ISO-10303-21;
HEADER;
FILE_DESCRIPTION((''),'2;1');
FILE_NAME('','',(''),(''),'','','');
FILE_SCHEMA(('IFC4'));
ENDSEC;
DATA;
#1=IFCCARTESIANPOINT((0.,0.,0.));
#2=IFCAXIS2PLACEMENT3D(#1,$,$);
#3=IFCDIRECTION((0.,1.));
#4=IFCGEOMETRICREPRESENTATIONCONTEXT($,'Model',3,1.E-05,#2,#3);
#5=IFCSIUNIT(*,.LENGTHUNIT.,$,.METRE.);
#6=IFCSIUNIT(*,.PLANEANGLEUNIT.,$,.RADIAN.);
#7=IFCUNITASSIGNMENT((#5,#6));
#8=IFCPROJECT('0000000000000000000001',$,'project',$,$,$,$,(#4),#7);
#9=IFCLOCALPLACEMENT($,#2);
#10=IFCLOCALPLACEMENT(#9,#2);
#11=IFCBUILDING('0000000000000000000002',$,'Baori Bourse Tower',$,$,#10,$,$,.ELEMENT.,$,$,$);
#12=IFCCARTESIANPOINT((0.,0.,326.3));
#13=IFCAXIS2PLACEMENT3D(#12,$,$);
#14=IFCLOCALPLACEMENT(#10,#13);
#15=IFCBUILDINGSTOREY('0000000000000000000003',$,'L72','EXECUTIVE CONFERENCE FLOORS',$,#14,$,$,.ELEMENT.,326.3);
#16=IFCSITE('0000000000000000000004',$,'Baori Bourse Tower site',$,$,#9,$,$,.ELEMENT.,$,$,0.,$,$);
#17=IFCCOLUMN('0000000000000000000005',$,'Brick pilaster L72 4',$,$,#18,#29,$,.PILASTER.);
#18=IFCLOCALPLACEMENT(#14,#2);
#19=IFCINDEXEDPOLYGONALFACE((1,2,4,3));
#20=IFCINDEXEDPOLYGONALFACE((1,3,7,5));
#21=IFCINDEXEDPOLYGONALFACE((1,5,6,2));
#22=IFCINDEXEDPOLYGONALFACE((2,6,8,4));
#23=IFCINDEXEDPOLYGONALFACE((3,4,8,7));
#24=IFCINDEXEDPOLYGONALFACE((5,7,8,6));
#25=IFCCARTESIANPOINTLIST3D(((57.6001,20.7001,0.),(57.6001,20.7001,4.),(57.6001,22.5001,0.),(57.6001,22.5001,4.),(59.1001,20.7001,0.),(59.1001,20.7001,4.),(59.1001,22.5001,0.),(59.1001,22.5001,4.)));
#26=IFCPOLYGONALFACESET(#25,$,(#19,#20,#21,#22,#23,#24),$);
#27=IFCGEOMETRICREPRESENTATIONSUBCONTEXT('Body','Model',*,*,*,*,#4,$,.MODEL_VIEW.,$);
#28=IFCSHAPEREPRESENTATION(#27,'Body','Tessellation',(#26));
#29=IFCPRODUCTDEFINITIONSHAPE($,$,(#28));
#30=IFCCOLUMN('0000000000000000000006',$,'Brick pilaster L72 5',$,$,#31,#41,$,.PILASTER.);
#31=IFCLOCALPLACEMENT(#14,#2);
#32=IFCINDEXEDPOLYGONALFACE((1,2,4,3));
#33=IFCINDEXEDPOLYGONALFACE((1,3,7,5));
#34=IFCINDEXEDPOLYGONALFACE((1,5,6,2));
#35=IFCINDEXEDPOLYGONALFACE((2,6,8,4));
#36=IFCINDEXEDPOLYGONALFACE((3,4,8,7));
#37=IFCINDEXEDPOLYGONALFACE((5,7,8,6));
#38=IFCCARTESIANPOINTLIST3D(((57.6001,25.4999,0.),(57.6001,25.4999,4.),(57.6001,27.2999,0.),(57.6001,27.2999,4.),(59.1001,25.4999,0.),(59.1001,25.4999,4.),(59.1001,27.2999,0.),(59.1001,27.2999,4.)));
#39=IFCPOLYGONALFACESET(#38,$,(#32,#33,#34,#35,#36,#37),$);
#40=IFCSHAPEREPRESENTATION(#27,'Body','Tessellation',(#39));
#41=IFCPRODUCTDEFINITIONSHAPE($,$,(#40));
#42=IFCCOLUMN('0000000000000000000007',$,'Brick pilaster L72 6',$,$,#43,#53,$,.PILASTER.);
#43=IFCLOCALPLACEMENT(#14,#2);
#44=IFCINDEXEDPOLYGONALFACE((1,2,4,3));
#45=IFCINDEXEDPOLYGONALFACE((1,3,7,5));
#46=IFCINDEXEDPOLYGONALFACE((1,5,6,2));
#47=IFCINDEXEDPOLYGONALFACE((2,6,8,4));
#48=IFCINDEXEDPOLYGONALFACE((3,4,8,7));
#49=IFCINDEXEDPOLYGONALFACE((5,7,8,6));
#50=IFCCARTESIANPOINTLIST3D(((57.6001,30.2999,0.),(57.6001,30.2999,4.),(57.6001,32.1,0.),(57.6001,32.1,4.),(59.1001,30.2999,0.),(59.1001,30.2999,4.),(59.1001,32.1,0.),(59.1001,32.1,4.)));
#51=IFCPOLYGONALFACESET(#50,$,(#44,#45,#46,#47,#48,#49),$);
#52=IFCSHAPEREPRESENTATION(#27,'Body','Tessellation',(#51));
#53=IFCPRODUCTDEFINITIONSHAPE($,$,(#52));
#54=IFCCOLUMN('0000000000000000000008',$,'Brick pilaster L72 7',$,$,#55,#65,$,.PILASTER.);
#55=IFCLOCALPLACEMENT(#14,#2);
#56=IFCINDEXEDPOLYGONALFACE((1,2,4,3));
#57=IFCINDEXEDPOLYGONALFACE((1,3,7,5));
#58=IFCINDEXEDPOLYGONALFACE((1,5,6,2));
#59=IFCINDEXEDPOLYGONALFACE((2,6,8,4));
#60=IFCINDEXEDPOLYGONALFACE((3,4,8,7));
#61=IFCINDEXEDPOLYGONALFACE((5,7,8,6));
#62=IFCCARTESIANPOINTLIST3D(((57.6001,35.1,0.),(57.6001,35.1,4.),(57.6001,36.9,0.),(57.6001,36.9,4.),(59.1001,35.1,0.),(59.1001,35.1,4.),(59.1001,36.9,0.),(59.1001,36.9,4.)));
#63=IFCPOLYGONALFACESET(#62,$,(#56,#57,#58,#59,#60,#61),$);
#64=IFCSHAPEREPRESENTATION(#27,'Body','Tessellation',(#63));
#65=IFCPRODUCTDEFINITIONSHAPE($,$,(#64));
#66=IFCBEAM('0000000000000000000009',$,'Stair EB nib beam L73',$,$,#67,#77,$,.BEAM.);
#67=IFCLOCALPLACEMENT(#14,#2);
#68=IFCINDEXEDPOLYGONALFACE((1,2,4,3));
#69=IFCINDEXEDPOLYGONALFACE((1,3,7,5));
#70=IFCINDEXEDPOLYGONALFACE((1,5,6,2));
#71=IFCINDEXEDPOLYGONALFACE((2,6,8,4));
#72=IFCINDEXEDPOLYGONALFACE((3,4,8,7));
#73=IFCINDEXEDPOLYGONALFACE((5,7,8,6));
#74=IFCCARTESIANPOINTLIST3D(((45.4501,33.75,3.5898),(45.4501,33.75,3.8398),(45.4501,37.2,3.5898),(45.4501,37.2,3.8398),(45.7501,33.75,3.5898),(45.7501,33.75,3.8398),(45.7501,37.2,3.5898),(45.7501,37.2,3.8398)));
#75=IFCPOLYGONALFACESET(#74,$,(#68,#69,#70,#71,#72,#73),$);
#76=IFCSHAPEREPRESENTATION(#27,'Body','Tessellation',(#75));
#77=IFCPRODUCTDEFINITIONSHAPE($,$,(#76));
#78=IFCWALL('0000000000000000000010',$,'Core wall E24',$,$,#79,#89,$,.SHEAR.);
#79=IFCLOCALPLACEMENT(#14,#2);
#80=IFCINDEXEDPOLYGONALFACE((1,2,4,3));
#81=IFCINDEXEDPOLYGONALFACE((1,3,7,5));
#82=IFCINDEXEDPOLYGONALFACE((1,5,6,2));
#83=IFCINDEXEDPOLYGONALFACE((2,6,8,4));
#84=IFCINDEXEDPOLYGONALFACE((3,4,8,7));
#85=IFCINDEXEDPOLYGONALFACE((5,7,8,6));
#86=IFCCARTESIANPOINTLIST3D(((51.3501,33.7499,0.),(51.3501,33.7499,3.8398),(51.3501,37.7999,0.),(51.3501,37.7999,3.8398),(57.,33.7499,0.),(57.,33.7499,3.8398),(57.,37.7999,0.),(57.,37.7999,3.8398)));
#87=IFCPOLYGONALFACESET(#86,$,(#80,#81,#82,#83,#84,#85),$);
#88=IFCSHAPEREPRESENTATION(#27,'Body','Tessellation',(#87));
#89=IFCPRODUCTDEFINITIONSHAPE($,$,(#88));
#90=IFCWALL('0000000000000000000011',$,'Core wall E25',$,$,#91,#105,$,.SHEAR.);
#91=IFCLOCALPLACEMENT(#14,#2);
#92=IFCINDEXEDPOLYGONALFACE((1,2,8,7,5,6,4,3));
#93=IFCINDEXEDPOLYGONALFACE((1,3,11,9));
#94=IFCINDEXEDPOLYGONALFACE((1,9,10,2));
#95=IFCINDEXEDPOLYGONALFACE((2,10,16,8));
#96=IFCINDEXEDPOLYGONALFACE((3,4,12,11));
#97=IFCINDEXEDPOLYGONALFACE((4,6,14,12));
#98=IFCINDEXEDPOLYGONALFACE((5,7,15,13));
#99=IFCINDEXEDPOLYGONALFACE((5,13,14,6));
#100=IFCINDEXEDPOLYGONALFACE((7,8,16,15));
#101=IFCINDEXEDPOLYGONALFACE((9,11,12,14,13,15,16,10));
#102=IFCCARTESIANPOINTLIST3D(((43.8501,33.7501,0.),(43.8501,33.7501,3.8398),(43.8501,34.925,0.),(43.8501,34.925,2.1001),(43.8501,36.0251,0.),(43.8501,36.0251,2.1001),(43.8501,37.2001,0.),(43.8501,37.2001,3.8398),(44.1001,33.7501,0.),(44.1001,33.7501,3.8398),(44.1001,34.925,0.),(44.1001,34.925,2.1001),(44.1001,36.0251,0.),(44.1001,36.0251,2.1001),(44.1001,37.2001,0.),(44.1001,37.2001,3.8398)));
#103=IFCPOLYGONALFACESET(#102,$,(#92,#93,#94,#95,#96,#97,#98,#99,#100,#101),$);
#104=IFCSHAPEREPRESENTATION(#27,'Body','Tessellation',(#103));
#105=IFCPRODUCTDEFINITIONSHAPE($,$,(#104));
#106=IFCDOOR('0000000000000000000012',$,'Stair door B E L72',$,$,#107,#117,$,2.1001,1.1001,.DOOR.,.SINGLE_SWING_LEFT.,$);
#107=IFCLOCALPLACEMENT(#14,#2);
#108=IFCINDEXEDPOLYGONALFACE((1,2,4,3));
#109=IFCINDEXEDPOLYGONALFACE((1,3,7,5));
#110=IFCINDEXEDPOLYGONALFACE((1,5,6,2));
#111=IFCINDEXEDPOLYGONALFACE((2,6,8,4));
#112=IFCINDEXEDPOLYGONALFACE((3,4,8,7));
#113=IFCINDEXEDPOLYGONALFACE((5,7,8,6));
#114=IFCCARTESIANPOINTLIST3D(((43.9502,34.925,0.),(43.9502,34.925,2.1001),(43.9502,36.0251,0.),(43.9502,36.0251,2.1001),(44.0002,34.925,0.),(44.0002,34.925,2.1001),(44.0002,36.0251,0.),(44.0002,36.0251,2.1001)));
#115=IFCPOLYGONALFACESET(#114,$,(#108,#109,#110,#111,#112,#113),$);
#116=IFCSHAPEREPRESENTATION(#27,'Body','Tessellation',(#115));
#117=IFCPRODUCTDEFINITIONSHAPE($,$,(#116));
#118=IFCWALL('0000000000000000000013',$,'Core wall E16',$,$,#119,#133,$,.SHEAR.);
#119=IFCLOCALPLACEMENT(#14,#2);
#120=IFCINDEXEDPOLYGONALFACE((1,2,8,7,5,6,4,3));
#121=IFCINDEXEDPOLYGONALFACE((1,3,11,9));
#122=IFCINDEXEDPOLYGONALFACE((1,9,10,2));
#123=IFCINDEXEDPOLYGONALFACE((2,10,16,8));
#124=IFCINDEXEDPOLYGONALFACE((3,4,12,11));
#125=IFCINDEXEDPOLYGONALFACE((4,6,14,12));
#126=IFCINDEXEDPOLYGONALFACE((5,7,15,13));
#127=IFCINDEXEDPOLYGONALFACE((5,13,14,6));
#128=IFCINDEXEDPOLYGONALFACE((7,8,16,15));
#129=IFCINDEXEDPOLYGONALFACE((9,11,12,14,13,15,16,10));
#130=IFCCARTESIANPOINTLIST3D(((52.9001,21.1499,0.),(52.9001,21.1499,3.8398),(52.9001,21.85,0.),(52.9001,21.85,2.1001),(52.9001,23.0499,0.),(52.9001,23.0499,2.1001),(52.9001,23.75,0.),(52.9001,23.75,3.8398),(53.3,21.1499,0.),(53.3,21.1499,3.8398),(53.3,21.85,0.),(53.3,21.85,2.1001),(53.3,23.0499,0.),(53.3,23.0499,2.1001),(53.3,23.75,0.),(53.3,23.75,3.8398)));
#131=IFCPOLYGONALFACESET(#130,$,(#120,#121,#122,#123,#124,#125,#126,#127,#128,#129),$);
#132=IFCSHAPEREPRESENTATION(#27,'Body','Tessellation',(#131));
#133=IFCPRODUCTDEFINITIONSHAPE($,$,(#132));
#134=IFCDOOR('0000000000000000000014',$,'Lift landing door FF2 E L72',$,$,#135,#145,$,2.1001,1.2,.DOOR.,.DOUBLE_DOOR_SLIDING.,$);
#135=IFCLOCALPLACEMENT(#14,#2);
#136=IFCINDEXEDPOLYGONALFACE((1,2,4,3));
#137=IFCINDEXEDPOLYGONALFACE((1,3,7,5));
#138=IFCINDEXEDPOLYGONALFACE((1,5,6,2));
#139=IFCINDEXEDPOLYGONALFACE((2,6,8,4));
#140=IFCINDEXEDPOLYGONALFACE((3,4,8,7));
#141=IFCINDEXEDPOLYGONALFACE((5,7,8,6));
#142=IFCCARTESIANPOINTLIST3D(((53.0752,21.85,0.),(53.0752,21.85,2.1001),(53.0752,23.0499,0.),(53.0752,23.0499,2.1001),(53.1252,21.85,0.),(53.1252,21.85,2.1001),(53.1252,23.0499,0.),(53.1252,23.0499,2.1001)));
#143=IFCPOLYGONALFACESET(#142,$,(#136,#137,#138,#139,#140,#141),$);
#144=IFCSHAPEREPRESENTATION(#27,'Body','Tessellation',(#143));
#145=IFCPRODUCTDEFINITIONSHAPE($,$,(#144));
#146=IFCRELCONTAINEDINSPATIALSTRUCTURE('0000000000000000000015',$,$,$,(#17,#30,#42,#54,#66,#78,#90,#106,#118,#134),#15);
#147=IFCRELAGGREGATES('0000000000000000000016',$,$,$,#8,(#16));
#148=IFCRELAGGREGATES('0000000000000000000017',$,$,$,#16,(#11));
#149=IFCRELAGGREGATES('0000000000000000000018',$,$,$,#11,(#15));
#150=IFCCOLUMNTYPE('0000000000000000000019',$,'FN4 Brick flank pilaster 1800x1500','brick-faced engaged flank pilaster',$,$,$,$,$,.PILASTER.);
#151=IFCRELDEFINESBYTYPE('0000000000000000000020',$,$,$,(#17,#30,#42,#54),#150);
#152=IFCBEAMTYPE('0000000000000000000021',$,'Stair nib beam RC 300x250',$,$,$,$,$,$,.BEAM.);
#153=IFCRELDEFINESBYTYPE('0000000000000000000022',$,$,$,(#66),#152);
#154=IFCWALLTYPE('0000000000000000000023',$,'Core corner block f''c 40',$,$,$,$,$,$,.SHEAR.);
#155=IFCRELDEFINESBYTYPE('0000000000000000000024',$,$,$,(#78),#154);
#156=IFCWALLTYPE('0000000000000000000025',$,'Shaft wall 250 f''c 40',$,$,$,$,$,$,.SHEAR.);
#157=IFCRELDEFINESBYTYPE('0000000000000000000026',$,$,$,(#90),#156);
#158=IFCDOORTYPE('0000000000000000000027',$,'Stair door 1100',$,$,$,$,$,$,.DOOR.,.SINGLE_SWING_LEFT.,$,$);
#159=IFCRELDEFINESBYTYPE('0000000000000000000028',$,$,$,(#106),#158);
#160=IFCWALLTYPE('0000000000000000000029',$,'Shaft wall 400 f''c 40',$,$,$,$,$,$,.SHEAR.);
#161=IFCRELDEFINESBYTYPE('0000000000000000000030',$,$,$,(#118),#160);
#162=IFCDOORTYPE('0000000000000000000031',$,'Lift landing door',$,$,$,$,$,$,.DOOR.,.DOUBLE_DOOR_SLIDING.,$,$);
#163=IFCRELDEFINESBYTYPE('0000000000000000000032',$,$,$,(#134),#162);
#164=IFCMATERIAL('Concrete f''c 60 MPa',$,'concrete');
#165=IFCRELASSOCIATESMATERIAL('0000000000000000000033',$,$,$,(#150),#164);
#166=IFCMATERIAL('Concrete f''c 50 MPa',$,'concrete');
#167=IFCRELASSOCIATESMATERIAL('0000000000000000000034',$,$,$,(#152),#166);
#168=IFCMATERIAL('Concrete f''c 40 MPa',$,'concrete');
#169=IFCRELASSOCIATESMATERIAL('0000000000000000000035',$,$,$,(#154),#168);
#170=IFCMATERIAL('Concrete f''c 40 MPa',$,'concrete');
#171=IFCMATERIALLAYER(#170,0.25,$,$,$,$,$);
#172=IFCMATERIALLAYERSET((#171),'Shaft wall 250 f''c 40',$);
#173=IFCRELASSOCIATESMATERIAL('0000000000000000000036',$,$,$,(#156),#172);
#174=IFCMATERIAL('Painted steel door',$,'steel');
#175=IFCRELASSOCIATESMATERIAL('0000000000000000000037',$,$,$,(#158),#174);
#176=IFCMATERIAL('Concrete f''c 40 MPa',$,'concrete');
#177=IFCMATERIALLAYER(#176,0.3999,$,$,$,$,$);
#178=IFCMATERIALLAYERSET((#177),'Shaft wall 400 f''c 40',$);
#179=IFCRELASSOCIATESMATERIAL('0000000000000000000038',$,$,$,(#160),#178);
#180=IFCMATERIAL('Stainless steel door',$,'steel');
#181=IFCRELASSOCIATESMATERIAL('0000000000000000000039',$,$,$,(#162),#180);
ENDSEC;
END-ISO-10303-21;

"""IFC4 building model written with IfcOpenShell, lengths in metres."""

from ifc_helpers import new_model, si_unit, direction, frame, frame_2d, origin, origin_2d, place, context, subcontext, project, spatial, rectangle, extrude, material, layer, layer_set, material_profile, profile_set, type_object, element, fill, save


model = new_model("IFC4")

# Units and contexts
model_context = context("Model", 3, precision=1e-05, world=origin(), true_north=direction((0.0, 1.0)))
body_context = subcontext(model_context, "Body", "Model", "MODEL_VIEW")
ifc_project = project(units=[si_unit("LENGTHUNIT", "METRE"), si_unit("PLANEANGLEUNIT", "RADIAN")], contexts=[model_context])

# Site, building, storey
site_placement = place(None, origin())
site = spatial("IfcSite", under=ifc_project, at=site_placement, Name="Baori Bourse Tower site", CompositionType="ELEMENT", RefElevation=0.0)
building_placement = place(site_placement, origin())
building = spatial("IfcBuilding", under=site, at=building_placement, Name="Baori Bourse Tower", CompositionType="ELEMENT")
storey_placement = place(building_placement, frame((0.0, 0.0, 326.3)))
storey = spatial("IfcBuildingStorey", under=building, at=storey_placement, Name="L72", Description="EXECUTIVE CONFERENCE FLOORS", CompositionType="ELEMENT", Elevation=326.3)

# Columns
ifc_material_1 = material(Name="Concrete f'c 60 MPa", Category="concrete")
ifc_material_profile_1 = material_profile(ifc_material_1, rectangle(XDim=1.8, YDim=1.5, at=origin_2d()), Name="RC 1800x1500")
ifc_profile_set_1 = profile_set([ifc_material_profile_1], Name="Concrete f'c 60 MPa")
column_type = type_object("IfcColumnType", Name="FN4 Brick flank pilaster 1800x1500", Description="brick-faced engaged flank pilaster", PredefinedType="PILASTER", material=ifc_profile_set_1)
for number, where, z_axis, x_axis, name in (
    (1, (58.3501, 21.6001, 0.0), (0.0, 0.0, 1.0), (0.0, 1.0, 0.0), "Brick pilaster L72 4"),
    (2, (58.3501, 26.3999, 0.0), (0.0, 0.0, 1.0), (0.0, 1.0, 0.0), "Brick pilaster L72 5"),
    (3, (58.3501, 31.2, 0.0), (0.0, 0.0, 1.0), (0.0, 1.0, 0.0), "Brick pilaster L72 6"),
    (4, (58.3501, 36.0, 0.0), (0.0, 0.0, 1.0), (0.0, 1.0, 0.0), "Brick pilaster L72 7"),
):
    element("IfcColumn", number, at=place(storey_placement, frame(where, z_axis=z_axis, x_axis=x_axis)), inside=storey, type_object=column_type, Name=name, PredefinedType="PILASTER", context=body_context, shape_type="SweptSolid", body=[
        extrude(rectangle(XDim=1.8, YDim=1.5, at=origin_2d()), origin(), (0.0, 0.0, 1.0), 4.0),
    ])

# Beam
ifc_material_2 = material(Name="Concrete f'c 50 MPa", Category="concrete")
ifc_material_profile_2 = material_profile(ifc_material_2, rectangle(XDim=0.3, YDim=0.25, at=origin_2d()), Name="RC 300x250")
ifc_profile_set_2 = profile_set([ifc_material_profile_2], Name="Concrete f'c 50 MPa")
beam_type = type_object("IfcBeamType", Name="Stair nib beam RC 300x250", PredefinedType="BEAM", material=ifc_profile_set_2)
beam_placement = place(storey_placement, frame((45.6001, 33.75, 3.7148), z_axis=(0.0, 1.0, 0.0), x_axis=(-1.0, 0.0, 0.0)))
element("IfcBeam", 5, at=beam_placement, inside=storey, type_object=beam_type, Name="Stair EB nib beam L73", PredefinedType="BEAM", context=body_context, shape_type="SweptSolid", body=[
    extrude(rectangle(XDim=0.3, YDim=0.25, at=origin_2d()), origin(), (0.0, 0.0, 1.0), 3.45),
])

# Wall
ifc_material_3 = material(Name="Concrete f'c 40 MPa", Category="concrete")
wall_type_1 = type_object("IfcWallType", Name="Core corner block f'c 40", PredefinedType="SHEAR", material=ifc_material_3)
wall_1_placement = place(storey_placement, frame((51.3501, 35.7749, 0.0), z_axis=(0.0, 0.0, 1.0), x_axis=(1.0, 0.0, 0.0)))
element("IfcWall", 6, at=wall_1_placement, inside=storey, type_object=wall_type_1, Name="Core wall E24", PredefinedType="SHEAR", context=body_context, shape_type="SweptSolid", body=[
    extrude(rectangle(XDim=5.6499, YDim=4.05, at=frame_2d((2.825, 0.0))), origin(), (0.0, 0.0, 1.0), 3.8398),
])

# Walls, openings, doors
ifc_material_4 = material(Name="Concrete f'c 40 MPa", Category="concrete")
ifc_layer_1 = layer(ifc_material_4, 0.25)
ifc_layer_set_1 = layer_set([ifc_layer_1], Name="Shaft wall 250 f'c 40")
wall_type_2 = type_object("IfcWallType", Name="Shaft wall 250 f'c 40", PredefinedType="SHEAR", material=ifc_layer_set_1)
wall_2_placement = place(storey_placement, frame((43.9751, 33.75, 0.0), z_axis=(0.0, 0.0, 1.0), x_axis=(0.0, 1.0, 0.0)))
wall_2 = element("IfcWall", 7, at=wall_2_placement, inside=storey, type_object=wall_type_2, Name="Core wall E25", PredefinedType="SHEAR", context=body_context, shape_type="SweptSolid", body=[
    extrude(rectangle(XDim=3.45, YDim=0.25, at=frame_2d((1.7251, 0.0))), origin(), (0.0, 0.0, 1.0), 3.8398),
])
opening_1_placement = place(wall_2_placement, frame((1.175, 0.0, 0.0)))
opening_1 = element("IfcOpeningElement", 8, at=opening_1_placement, cuts=wall_2, PredefinedType="OPENING", context=body_context, shape_type="SweptSolid", body=[
    extrude(rectangle(XDim=1.1001, YDim=2.1001, at=frame_2d((0.55, 1.05))), frame((0.0, 0.135, 0.0), z_axis=(0.0, -1.0, 0.0), x_axis=(1.0, 0.0, 0.0)), (0.0, 0.0, 1.0), 0.27),
])
ifc_material_5 = material(Name="Painted steel door", Category="steel")
door_type_1 = type_object("IfcDoorType", Name="Stair door 1100", OperationType="SINGLE_SWING_LEFT", PredefinedType="DOOR", material=ifc_material_5)
door_1_placement = place(opening_1_placement, origin())
door_1 = element("IfcDoor", 9, at=door_1_placement, inside=storey, type_object=door_type_1, Name="Stair door B E L72", OperationType="SINGLE_SWING_LEFT", OverallHeight=2.1001, OverallWidth=1.1001, PredefinedType="DOOR", context=body_context, shape_type="SweptSolid", body=[
    extrude(rectangle(XDim=1.1001, YDim=2.1001, at=frame_2d((0.55, 1.05))), frame((0.0, 0.0249, 0.0), z_axis=(0.0, -1.0, 0.0), x_axis=(1.0, 0.0, 0.0)), (0.0, 0.0, 1.0), 0.05),
])
fill(opening_1, door_1)
ifc_material_6 = material(Name="Concrete f'c 40 MPa", Category="concrete")
ifc_layer_2 = layer(ifc_material_6, 0.3999)
ifc_layer_set_2 = layer_set([ifc_layer_2], Name="Shaft wall 400 f'c 40")
wall_type_3 = type_object("IfcWallType", Name="Shaft wall 400 f'c 40", PredefinedType="SHEAR", material=ifc_layer_set_2)
wall_3_placement = place(storey_placement, frame((53.1001, 21.1499, 0.0), z_axis=(0.0, 0.0, 1.0), x_axis=(0.0, 1.0, 0.0)))
wall_3 = element("IfcWall", 10, at=wall_3_placement, inside=storey, type_object=wall_type_3, Name="Core wall E16", PredefinedType="SHEAR", context=body_context, shape_type="SweptSolid", body=[
    extrude(rectangle(XDim=2.6001, YDim=0.3999, at=frame_2d((1.3, 0.0))), origin(), (0.0, 0.0, 1.0), 3.8398),
])
opening_2_placement = place(wall_3_placement, frame((0.7, 0.0, 0.0)))
opening_2 = element("IfcOpeningElement", 11, at=opening_2_placement, cuts=wall_3, PredefinedType="OPENING", context=body_context, shape_type="SweptSolid", body=[
    extrude(rectangle(XDim=1.2, YDim=2.1001, at=frame_2d((0.6001, 1.05))), frame((0.0, 0.21, 0.0), z_axis=(0.0, -1.0, 0.0), x_axis=(1.0, 0.0, 0.0)), (0.0, 0.0, 1.0), 0.4199),
])
ifc_material_7 = material(Name="Stainless steel door", Category="steel")
door_type_2 = type_object("IfcDoorType", Name="Lift landing door", OperationType="DOUBLE_DOOR_SLIDING", PredefinedType="DOOR", material=ifc_material_7)
door_2_placement = place(opening_2_placement, origin())
door_2 = element("IfcDoor", 12, at=door_2_placement, inside=storey, type_object=door_type_2, Name="Lift landing door FF2 E L72", OperationType="DOUBLE_DOOR_SLIDING", OverallHeight=2.1001, OverallWidth=1.2, PredefinedType="DOOR", context=body_context, shape_type="SweptSolid", body=[
    extrude(rectangle(XDim=1.2, YDim=2.1001, at=frame_2d((0.6001, 1.05))), frame((0.0, 0.0249, 0.0), z_axis=(0.0, -1.0, 0.0), x_axis=(1.0, 0.0, 0.0)), (0.0, 0.0, 1.0), 0.05),
])
fill(opening_2, door_2)

save(model, "model.ifc")
